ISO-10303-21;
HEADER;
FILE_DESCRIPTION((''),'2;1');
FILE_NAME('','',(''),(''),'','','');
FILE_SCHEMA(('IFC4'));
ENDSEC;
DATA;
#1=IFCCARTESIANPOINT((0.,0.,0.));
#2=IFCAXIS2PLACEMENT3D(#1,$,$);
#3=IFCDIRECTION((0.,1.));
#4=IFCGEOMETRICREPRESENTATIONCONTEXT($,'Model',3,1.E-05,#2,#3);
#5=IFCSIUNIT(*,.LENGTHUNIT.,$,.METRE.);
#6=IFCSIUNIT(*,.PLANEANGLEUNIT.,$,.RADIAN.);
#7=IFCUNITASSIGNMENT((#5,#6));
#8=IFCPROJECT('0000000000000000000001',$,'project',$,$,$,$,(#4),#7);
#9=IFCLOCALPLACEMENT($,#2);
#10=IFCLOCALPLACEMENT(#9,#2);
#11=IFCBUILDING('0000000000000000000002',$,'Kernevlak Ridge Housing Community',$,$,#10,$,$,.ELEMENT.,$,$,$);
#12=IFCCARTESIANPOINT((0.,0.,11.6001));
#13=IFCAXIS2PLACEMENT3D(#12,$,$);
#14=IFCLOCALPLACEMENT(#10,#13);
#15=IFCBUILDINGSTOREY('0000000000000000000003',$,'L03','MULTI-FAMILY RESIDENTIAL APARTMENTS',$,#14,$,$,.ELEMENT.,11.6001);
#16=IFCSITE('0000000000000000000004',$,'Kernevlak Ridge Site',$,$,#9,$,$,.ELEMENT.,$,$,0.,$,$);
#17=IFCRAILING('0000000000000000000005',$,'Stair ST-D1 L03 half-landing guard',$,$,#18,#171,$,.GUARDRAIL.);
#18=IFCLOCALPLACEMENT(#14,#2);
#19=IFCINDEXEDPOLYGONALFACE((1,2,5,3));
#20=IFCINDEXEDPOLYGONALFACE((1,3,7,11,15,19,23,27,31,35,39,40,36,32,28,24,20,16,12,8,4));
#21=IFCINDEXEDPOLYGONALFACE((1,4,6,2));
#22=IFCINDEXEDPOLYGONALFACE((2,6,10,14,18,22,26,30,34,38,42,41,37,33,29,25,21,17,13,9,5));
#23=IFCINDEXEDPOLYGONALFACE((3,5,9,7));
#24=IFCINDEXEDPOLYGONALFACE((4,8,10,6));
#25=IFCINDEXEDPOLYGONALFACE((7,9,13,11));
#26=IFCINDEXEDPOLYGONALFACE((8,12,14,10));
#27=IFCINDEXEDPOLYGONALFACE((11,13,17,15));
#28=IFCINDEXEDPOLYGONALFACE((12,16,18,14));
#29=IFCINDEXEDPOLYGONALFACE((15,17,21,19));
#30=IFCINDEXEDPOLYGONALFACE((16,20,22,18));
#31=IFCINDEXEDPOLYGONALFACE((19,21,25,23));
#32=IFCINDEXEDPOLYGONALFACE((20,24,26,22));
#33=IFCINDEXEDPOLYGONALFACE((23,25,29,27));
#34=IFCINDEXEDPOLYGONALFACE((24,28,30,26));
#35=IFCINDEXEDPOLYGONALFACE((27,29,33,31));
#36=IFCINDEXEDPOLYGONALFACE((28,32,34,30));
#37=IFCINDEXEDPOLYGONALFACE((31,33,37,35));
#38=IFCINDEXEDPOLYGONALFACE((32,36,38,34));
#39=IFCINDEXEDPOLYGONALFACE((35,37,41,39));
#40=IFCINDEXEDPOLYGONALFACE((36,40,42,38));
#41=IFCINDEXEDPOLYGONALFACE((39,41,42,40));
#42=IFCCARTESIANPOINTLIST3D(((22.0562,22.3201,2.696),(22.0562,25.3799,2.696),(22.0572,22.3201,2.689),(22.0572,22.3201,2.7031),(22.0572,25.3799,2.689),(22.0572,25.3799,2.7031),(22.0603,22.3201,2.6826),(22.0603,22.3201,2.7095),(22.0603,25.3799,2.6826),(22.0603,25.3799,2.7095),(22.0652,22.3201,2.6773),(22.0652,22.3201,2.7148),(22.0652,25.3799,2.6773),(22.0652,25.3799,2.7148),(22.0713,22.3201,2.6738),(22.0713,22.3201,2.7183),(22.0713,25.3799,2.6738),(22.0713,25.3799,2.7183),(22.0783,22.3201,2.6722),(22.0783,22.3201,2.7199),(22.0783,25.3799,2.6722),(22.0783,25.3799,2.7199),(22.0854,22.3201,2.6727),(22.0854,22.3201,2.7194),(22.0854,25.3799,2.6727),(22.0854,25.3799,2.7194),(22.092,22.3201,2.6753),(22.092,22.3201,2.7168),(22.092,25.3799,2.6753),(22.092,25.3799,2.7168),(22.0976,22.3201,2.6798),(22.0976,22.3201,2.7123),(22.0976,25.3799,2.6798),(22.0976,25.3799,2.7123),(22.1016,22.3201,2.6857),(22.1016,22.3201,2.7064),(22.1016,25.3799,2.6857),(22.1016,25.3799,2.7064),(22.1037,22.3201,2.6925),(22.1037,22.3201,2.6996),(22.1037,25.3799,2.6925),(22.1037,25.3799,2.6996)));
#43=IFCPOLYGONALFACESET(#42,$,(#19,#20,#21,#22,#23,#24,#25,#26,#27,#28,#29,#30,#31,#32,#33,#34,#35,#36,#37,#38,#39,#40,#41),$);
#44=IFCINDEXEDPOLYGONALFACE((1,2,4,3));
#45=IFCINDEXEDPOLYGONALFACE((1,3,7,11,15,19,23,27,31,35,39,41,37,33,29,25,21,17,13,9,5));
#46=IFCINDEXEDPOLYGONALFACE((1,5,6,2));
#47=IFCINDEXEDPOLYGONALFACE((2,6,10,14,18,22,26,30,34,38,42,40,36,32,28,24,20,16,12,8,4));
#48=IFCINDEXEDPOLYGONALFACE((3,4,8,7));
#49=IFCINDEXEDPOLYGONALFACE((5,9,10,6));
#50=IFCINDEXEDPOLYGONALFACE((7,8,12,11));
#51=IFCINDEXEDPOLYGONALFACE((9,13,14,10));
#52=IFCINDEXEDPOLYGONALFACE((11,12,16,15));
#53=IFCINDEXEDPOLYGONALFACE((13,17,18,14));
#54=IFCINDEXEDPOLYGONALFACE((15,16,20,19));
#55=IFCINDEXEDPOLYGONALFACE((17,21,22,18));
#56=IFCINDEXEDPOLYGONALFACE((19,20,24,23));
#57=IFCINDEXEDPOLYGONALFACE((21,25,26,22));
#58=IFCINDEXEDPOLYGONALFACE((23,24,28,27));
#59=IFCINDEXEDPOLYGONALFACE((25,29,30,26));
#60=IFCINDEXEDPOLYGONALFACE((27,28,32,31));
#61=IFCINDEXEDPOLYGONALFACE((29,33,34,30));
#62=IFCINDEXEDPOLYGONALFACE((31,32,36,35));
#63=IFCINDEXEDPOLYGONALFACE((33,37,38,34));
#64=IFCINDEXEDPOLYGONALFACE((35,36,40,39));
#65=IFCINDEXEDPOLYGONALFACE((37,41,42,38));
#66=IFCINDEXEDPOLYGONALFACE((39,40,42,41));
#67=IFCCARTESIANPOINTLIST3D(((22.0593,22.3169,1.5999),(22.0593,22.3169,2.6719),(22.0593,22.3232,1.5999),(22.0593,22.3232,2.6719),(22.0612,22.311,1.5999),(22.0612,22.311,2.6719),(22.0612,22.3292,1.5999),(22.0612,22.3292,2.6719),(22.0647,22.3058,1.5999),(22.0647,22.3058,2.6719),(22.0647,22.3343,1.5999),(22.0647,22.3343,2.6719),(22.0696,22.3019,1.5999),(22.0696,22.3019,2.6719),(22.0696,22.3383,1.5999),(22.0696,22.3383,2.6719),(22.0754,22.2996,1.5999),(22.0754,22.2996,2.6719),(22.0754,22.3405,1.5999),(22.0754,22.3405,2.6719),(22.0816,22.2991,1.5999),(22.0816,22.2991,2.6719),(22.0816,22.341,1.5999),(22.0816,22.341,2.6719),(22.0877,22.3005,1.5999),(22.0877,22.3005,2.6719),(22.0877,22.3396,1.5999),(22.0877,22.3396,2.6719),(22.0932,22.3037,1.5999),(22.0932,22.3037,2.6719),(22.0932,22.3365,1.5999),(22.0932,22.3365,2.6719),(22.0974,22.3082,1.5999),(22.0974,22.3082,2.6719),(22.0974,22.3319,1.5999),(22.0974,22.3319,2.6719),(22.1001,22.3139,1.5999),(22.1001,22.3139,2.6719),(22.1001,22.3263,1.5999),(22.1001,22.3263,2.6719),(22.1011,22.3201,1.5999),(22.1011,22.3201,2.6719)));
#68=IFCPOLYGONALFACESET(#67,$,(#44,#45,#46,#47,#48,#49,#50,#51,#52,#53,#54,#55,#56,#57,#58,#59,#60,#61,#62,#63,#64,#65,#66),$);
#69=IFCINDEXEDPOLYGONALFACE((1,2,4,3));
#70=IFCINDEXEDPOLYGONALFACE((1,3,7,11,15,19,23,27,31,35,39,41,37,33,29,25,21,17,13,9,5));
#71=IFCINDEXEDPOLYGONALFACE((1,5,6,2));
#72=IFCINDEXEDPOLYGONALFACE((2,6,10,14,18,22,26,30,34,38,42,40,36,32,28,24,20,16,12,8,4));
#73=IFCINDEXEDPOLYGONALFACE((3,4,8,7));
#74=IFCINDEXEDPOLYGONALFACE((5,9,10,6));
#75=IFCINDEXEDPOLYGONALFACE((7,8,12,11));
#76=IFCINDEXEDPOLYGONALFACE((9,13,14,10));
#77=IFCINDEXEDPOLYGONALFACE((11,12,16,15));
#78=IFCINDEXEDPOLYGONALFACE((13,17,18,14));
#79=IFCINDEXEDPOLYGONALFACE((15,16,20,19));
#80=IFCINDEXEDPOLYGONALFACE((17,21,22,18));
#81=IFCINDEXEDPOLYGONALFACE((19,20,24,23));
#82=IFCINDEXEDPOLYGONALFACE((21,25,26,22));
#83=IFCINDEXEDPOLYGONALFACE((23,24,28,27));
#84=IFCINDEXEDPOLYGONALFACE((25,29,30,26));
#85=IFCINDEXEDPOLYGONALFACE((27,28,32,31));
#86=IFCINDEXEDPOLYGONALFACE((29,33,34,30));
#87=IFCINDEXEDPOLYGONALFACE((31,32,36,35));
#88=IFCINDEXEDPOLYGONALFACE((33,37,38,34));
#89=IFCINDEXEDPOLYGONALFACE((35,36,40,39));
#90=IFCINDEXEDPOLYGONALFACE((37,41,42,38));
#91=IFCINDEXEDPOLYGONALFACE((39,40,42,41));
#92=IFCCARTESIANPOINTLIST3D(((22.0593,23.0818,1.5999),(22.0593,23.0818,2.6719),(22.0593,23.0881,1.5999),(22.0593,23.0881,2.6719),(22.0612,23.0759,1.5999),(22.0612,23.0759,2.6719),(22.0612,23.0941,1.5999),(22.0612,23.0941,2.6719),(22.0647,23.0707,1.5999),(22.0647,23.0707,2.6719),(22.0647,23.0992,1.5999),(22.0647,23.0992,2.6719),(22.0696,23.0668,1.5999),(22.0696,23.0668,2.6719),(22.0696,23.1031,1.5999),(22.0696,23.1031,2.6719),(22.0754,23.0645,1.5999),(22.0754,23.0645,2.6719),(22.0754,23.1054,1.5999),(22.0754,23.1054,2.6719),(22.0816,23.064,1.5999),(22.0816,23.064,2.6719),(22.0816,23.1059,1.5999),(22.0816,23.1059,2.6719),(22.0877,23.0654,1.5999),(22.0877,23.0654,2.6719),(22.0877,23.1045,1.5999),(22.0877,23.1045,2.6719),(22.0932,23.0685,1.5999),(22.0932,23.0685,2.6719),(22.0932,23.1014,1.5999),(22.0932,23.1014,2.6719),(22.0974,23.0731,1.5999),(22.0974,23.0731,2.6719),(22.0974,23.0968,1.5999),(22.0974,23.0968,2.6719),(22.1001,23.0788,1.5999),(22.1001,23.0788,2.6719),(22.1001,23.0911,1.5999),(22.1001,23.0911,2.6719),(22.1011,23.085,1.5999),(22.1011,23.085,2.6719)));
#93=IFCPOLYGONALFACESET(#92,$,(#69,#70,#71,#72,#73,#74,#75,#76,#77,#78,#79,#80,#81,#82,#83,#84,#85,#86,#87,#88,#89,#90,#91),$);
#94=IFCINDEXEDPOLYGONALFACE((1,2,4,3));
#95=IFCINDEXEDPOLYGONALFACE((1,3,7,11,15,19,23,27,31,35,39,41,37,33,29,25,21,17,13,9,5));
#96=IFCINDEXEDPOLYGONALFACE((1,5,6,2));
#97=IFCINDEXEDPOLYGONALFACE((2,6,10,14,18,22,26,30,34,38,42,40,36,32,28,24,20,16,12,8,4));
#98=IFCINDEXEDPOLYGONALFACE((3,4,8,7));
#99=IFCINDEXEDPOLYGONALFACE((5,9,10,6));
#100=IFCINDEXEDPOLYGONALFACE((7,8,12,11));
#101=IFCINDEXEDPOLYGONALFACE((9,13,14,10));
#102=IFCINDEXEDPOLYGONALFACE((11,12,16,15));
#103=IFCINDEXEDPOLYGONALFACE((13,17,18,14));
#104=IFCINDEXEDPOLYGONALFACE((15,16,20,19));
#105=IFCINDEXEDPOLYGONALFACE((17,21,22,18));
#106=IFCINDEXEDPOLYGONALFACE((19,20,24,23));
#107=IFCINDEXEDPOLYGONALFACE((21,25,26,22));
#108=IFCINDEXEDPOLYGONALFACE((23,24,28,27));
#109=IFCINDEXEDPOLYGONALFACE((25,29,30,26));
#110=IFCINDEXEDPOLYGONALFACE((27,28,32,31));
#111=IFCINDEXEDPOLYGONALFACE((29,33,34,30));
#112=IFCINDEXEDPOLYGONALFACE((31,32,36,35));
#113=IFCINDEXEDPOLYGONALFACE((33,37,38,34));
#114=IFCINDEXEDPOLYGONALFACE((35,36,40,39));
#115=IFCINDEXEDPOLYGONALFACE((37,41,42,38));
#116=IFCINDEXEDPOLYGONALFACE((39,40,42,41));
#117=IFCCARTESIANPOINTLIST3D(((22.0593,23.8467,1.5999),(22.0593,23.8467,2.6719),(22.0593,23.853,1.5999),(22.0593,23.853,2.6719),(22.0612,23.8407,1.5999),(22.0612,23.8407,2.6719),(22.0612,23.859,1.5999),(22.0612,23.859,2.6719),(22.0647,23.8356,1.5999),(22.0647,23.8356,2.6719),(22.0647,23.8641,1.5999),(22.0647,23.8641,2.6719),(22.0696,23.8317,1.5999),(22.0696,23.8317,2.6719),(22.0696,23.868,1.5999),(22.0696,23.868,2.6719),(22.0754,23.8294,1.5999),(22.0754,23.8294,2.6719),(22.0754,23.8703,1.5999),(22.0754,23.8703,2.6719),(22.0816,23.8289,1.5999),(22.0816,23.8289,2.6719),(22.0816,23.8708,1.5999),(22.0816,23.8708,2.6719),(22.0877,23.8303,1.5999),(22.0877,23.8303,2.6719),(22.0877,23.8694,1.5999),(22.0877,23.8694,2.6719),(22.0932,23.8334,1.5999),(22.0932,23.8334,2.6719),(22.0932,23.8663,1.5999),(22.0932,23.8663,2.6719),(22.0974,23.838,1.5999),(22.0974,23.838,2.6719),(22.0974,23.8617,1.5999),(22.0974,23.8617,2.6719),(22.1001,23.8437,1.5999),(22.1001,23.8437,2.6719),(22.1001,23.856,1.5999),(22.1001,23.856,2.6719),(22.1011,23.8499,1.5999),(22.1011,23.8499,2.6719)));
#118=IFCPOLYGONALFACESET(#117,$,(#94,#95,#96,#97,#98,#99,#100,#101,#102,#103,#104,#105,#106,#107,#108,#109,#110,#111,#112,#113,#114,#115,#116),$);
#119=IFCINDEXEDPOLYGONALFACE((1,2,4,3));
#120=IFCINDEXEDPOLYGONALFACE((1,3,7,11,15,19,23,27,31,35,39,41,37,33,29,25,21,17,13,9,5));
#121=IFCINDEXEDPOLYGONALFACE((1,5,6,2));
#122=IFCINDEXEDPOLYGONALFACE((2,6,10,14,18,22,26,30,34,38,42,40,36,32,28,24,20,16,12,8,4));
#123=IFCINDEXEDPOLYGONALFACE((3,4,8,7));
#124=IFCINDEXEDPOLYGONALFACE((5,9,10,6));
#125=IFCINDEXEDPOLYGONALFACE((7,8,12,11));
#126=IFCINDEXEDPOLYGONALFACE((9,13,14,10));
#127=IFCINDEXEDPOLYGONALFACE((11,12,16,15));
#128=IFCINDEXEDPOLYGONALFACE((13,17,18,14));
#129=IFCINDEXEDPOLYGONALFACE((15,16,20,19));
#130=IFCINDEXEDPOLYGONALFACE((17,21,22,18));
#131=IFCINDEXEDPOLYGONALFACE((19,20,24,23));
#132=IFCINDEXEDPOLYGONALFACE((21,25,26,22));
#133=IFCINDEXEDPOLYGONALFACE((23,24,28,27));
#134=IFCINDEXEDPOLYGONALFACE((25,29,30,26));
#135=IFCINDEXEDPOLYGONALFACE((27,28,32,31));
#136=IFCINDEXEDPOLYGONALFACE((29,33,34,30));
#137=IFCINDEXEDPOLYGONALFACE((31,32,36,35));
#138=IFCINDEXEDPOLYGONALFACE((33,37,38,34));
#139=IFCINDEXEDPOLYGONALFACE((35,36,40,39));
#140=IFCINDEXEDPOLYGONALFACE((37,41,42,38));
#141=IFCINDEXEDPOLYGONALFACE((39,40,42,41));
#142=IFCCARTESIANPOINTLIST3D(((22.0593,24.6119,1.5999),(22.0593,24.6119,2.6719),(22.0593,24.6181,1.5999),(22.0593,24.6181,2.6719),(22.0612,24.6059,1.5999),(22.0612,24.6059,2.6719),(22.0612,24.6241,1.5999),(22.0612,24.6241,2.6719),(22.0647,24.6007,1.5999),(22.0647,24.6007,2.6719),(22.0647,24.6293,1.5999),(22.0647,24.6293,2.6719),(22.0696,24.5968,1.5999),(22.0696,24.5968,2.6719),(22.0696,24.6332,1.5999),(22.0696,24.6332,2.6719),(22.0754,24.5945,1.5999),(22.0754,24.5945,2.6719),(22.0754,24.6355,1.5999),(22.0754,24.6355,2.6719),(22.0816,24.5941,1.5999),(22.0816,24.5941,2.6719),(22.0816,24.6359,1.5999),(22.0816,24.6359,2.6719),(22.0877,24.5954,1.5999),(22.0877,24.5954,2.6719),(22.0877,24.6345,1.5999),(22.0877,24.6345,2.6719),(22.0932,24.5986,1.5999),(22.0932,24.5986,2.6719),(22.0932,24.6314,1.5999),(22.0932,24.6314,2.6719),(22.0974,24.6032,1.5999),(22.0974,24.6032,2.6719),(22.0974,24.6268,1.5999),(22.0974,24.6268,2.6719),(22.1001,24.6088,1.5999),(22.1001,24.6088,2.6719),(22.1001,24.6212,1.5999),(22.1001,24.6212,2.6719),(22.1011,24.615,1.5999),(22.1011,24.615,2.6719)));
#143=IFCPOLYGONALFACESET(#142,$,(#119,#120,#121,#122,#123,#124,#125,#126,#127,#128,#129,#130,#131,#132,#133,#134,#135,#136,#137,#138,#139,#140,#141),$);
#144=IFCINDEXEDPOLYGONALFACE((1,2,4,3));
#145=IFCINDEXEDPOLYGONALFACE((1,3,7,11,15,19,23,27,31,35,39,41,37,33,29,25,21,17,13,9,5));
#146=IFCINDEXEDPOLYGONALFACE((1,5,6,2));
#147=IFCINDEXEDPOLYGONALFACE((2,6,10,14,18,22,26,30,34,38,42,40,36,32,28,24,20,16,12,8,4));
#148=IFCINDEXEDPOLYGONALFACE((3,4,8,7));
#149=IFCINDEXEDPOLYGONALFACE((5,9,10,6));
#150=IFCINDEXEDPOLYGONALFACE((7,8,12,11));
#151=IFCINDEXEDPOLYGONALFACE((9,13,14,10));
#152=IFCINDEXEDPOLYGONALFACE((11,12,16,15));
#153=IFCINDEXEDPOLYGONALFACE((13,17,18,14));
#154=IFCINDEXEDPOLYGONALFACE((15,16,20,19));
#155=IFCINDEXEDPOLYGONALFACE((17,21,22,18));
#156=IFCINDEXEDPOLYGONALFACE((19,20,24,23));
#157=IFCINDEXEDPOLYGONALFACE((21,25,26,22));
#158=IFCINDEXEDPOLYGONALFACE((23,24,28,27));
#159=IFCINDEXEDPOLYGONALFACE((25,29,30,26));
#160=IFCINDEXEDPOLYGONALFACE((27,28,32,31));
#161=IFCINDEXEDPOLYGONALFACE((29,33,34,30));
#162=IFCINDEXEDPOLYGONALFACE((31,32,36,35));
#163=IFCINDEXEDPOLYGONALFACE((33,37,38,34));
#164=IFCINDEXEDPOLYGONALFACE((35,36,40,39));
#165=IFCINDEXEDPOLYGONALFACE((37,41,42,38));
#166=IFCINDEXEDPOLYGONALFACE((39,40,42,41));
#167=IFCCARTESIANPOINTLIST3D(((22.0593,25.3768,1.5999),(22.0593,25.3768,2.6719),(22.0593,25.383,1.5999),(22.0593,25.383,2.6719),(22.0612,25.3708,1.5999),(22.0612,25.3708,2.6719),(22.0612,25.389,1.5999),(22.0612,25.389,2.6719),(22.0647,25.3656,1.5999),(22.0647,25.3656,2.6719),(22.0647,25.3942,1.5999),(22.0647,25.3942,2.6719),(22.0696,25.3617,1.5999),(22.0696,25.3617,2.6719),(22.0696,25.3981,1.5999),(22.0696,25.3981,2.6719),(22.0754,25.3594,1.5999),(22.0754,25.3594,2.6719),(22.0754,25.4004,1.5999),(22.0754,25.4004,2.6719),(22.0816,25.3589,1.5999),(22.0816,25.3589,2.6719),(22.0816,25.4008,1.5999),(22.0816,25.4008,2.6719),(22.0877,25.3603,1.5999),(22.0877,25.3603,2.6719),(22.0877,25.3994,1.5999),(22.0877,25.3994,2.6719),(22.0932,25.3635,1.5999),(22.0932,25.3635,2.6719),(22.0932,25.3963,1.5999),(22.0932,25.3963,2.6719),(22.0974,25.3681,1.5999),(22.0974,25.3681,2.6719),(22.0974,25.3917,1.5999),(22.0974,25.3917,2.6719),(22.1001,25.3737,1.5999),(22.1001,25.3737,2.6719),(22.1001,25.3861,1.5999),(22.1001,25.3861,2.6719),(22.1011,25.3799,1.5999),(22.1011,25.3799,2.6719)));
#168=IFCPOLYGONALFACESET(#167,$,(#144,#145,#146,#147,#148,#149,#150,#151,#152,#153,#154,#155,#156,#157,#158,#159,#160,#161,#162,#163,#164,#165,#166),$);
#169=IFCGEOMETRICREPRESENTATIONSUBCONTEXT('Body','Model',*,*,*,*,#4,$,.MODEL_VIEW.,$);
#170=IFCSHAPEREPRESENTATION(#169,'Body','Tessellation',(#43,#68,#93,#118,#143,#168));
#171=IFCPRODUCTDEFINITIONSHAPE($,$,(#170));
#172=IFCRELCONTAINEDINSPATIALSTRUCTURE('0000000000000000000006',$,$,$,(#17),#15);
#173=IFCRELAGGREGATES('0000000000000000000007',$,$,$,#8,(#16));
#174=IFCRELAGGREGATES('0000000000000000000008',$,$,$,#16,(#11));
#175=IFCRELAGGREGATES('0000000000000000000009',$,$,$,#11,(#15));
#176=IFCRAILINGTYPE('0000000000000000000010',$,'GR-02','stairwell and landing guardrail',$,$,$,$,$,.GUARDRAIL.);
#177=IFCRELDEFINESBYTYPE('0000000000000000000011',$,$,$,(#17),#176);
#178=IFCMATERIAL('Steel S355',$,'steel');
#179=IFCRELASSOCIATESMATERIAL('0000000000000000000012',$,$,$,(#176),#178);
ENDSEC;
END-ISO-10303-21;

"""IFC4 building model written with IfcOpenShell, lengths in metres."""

from ifc_helpers import new_model, si_unit, direction, frame, origin, origin_2d, place, context, subcontext, project, spatial, circle, extrude, material, type_object, element, save


model = new_model("IFC4")

# Units and contexts
model_context = context("Model", 3, precision=1e-05, world=origin(), true_north=direction((0.0, 1.0)))
body_context = subcontext(model_context, "Body", "Model", "MODEL_VIEW")
ifc_project = project(units=[si_unit("LENGTHUNIT", "METRE"), si_unit("PLANEANGLEUNIT", "RADIAN")], contexts=[model_context])

# Site, building, storey
site_placement = place(None, origin())
site = spatial("IfcSite", under=ifc_project, at=site_placement, Name="Kernevlak Ridge Site", CompositionType="ELEMENT", RefElevation=0.0)
building_placement = place(site_placement, origin())
building = spatial("IfcBuilding", under=site, at=building_placement, Name="Kernevlak Ridge Housing Community", CompositionType="ELEMENT")
storey_placement = place(building_placement, frame((0.0, 0.0, 11.6001)))
storey = spatial("IfcBuildingStorey", under=building, at=storey_placement, Name="L03", Description="MULTI-FAMILY RESIDENTIAL APARTMENTS", CompositionType="ELEMENT", Elevation=11.6001)

# Railing
ifc_material_1 = material(Name="Steel S355", Category="steel")
railing_type_1 = type_object("IfcRailingType", Name="GR-02", Description="stairwell and landing guardrail", PredefinedType="GUARDRAIL", material=ifc_material_1)
railing_1_placement = place(storey_placement, frame((22.0801, 22.3201, 1.5999)))
element("IfcRailing", 1, at=railing_1_placement, inside=storey, type_object=railing_type_1, Name="Stair ST-D1 L03 half-landing guard", PredefinedType="GUARDRAIL", context=body_context, shape_type="SweptSolid", body=[
    extrude(circle(Radius=0.0239, at=origin_2d()), frame((0.0, 0.0, 1.0962), z_axis=(0.0, 1.0, 0.0), x_axis=(-1.0, 0.0, 0.0)), (0.0, 0.0, 1.0), 3.0598),
    extrude(circle(Radius=0.021, at=origin_2d()), origin(), (0.0, 0.0, 1.0), 1.072),
    extrude(circle(Radius=0.021, at=origin_2d()), frame((0.0, 0.7649, 0.0)), (0.0, 0.0, 1.0), 1.072),
    extrude(circle(Radius=0.021, at=origin_2d()), frame((0.0, 1.5298, 0.0)), (0.0, 0.0, 1.0), 1.072),
    extrude(circle(Radius=0.021, at=origin_2d()), frame((0.0, 2.2949, 0.0)), (0.0, 0.0, 1.0), 1.072),
    extrude(circle(Radius=0.021, at=origin_2d()), frame((0.0, 3.0598, 0.0)), (0.0, 0.0, 1.0), 1.072),
])

save(model, "model.ifc")
